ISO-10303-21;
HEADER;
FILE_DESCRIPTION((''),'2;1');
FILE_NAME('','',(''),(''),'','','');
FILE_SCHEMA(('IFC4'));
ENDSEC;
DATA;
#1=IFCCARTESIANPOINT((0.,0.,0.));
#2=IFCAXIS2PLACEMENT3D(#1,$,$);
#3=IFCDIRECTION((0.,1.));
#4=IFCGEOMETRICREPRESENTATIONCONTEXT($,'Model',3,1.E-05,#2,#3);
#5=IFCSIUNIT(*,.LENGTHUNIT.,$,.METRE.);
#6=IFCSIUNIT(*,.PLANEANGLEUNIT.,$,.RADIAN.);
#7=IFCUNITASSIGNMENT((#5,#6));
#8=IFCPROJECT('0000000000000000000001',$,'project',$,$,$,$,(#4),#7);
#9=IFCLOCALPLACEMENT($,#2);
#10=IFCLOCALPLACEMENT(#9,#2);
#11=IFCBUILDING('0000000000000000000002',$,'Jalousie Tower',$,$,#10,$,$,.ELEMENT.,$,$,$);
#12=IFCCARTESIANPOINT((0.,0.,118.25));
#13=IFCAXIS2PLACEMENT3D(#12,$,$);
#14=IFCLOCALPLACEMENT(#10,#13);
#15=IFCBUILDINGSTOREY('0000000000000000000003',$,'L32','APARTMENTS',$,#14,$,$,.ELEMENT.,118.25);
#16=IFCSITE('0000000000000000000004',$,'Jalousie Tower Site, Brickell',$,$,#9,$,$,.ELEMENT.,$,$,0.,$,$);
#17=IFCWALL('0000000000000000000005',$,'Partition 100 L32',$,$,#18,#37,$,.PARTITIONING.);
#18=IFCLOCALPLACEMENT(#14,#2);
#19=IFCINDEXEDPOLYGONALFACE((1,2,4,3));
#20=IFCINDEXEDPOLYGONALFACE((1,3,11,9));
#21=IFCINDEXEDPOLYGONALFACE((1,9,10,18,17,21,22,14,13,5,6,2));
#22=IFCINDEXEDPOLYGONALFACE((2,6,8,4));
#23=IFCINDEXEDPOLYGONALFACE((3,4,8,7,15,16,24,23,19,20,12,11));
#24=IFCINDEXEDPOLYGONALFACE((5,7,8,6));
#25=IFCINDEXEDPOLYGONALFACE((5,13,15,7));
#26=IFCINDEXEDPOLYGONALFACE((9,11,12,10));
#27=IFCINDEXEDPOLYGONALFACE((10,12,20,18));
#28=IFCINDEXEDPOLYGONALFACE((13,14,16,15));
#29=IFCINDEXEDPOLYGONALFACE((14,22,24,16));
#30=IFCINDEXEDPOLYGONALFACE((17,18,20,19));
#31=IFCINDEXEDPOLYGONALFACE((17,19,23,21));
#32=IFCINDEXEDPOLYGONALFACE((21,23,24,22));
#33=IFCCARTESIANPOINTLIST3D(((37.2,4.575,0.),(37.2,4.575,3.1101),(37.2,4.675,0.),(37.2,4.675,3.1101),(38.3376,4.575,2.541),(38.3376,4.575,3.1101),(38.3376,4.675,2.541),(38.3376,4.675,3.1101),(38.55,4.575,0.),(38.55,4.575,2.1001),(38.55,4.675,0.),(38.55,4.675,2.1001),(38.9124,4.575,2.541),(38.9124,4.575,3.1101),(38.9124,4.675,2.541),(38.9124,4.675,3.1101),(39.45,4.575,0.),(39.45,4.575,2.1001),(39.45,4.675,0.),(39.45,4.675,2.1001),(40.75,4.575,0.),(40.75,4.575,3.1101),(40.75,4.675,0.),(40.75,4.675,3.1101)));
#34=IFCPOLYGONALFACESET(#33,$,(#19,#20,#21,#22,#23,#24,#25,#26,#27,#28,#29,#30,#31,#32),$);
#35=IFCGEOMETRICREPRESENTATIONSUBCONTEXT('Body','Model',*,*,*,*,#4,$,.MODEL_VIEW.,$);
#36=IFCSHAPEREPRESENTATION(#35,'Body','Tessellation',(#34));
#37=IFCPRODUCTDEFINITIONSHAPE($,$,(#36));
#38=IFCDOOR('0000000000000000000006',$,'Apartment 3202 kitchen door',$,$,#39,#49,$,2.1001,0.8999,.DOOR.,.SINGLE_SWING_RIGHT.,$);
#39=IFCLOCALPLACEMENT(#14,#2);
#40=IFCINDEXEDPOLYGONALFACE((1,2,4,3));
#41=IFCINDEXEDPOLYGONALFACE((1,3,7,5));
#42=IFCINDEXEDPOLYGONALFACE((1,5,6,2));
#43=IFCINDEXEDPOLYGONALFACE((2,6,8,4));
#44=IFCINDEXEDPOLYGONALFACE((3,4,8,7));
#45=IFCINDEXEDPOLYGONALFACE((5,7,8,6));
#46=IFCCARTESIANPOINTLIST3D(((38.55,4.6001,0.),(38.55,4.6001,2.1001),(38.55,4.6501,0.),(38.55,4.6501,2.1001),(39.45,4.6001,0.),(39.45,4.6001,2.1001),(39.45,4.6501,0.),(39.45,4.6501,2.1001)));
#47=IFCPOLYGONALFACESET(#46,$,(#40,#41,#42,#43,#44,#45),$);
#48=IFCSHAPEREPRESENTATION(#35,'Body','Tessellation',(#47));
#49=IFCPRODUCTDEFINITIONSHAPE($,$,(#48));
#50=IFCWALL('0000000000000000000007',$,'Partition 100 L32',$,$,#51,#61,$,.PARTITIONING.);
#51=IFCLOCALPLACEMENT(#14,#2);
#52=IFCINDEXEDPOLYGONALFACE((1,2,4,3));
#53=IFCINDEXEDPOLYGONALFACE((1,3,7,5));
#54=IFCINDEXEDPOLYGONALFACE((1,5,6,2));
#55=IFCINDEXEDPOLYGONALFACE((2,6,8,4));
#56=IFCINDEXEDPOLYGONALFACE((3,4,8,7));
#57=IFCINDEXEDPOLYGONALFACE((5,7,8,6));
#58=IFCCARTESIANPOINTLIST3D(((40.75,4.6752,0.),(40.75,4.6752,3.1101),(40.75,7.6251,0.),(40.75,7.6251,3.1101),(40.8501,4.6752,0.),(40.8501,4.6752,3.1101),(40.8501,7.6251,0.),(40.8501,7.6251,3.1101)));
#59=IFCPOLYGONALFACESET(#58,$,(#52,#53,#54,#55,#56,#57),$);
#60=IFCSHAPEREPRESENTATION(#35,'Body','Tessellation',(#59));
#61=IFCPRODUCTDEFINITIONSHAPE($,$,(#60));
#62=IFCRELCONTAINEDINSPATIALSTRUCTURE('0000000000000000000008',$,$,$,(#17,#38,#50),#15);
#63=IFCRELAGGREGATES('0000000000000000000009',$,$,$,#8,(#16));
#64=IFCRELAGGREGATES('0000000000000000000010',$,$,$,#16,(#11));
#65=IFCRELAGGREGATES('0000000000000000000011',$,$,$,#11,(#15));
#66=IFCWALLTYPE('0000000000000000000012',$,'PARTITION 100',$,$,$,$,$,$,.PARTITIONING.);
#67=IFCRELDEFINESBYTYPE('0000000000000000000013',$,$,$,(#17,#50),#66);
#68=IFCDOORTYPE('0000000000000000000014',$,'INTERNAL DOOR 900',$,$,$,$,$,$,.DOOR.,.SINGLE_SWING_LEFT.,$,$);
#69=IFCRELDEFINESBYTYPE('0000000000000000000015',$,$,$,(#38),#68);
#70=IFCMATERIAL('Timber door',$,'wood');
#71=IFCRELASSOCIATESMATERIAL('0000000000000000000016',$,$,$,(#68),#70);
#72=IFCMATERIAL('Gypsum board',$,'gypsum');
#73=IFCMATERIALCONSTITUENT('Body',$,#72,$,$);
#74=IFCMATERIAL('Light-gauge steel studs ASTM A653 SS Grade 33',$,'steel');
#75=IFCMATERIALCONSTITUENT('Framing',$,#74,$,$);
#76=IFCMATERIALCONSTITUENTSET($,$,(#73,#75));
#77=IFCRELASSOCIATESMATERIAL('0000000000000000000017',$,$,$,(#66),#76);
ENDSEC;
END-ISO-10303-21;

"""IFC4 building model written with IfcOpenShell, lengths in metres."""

from ifc_helpers import new_model, si_unit, direction, frame, frame_2d, origin, place, context, subcontext, project, spatial, polyline, rectangle, outline, extrude, material, constituent, constituent_set, type_object, element, fill, save


model = new_model("IFC4")

# Units and contexts
model_context = context("Model", 3, precision=1e-05, world=origin(), true_north=direction((0.0, 1.0)))
body_context = subcontext(model_context, "Body", "Model", "MODEL_VIEW")
ifc_project = project(units=[si_unit("LENGTHUNIT", "METRE"), si_unit("PLANEANGLEUNIT", "RADIAN")], contexts=[model_context])

# Site, building, storey
site_placement = place(None, origin())
site = spatial("IfcSite", under=ifc_project, at=site_placement, Name="Jalousie Tower Site, Brickell", CompositionType="ELEMENT", RefElevation=0.0)
building_placement = place(site_placement, origin())
building = spatial("IfcBuilding", under=site, at=building_placement, Name="Jalousie Tower", CompositionType="ELEMENT")
storey_placement = place(building_placement, frame((0.0, 0.0, 118.25)))
storey = spatial("IfcBuildingStorey", under=building, at=storey_placement, Name="L32", Description="APARTMENTS", CompositionType="ELEMENT", Elevation=118.25)

# Shared definitions
ifc_material_1 = material(Name="Timber door", Category="wood")
door_type_1 = type_object("IfcDoorType", Name="INTERNAL DOOR 900", OperationType="SINGLE_SWING_LEFT", PredefinedType="DOOR", material=ifc_material_1)

# Wall, opening, door
ifc_material_2 = material(Name="Gypsum board", Category="gypsum")
ifc_constituent_1 = constituent(ifc_material_2, Name="Body")
ifc_material_3 = material(Name="Light-gauge steel studs ASTM A653 SS Grade 33", Category="steel")
ifc_constituent_2 = constituent(ifc_material_3, Name="Framing")
ifc_constituent_set_1 = constituent_set(constituents=[ifc_constituent_1, ifc_constituent_2])
wall_type_1 = type_object("IfcWallType", Name="PARTITION 100", PredefinedType="PARTITIONING", material=ifc_constituent_set_1)
wall_1_placement = place(storey_placement, frame((37.2, 4.625, 0.0), z_axis=(0.0, 0.0, 1.0), x_axis=(1.0, 0.0, 0.0)))
wall_1 = element("IfcWall", 1, at=wall_1_placement, inside=storey, type_object=wall_type_1, Name="Partition 100 L32", PredefinedType="PARTITIONING", context=body_context, shape_type="SweptSolid", body=[
    extrude(outline(polyline([(0.0, 0.0), (3.55, 0.0), (3.55, 3.1101), (1.7124, 3.1101), (1.7124, 2.541), (1.1377, 2.541), (1.1377, 3.1101), (0.0, 3.1101), (0.0, 0.0)])), frame((0.0, 0.05, 0.0), z_axis=(0.0, -1.0, 0.0), x_axis=(1.0, 0.0, 0.0)), (0.0, 0.0, 1.0), 0.1001),
])
opening_1_placement = place(wall_1_placement, frame((1.3501, 0.0, 0.0)))
opening_1 = element("IfcOpeningElement", 2, at=opening_1_placement, cuts=wall_1, PredefinedType="OPENING", context=body_context, shape_type="SweptSolid", body=[
    extrude(rectangle(XDim=0.8999, YDim=2.1001, at=frame_2d((0.45, 1.05))), frame((0.0, 0.0601, 0.0), z_axis=(0.0, -1.0, 0.0), x_axis=(1.0, 0.0, 0.0)), (0.0, 0.0, 1.0), 0.1201),
])
door_1_placement = place(opening_1_placement, frame((0.8999, 0.0, 0.0), z_axis=(0.0, 0.0, 1.0), x_axis=(-1.0, 0.0, 0.0)))
door_1 = element("IfcDoor", 3, at=door_1_placement, inside=storey, type_object=door_type_1, Name="Apartment 3202 kitchen door", OperationType="SINGLE_SWING_RIGHT", OverallHeight=2.1001, OverallWidth=0.8999, PredefinedType="DOOR", context=body_context, shape_type="SweptSolid", body=[
    extrude(rectangle(XDim=0.8999, YDim=2.1001, at=frame_2d((0.45, 1.05))), frame((0.0, 0.0249, 0.0), z_axis=(0.0, -1.0, 0.0), x_axis=(1.0, 0.0, 0.0)), (0.0, 0.0, 1.0), 0.05),
])
fill(opening_1, door_1)

# Wall
wall_2_placement = place(storey_placement, frame((40.8, 4.675, 0.0), z_axis=(0.0, 0.0, 1.0), x_axis=(0.0, 1.0, 0.0)))
element("IfcWall", 4, at=wall_2_placement, inside=storey, type_object=wall_type_1, Name="Partition 100 L32", PredefinedType="PARTITIONING", context=body_context, shape_type="SweptSolid", body=[
    extrude(rectangle(XDim=2.95, YDim=0.1001, at=frame_2d((1.4751, 0.0))), origin(), (0.0, 0.0, 1.0), 3.1101),
])

save(model, "model.ifc")
